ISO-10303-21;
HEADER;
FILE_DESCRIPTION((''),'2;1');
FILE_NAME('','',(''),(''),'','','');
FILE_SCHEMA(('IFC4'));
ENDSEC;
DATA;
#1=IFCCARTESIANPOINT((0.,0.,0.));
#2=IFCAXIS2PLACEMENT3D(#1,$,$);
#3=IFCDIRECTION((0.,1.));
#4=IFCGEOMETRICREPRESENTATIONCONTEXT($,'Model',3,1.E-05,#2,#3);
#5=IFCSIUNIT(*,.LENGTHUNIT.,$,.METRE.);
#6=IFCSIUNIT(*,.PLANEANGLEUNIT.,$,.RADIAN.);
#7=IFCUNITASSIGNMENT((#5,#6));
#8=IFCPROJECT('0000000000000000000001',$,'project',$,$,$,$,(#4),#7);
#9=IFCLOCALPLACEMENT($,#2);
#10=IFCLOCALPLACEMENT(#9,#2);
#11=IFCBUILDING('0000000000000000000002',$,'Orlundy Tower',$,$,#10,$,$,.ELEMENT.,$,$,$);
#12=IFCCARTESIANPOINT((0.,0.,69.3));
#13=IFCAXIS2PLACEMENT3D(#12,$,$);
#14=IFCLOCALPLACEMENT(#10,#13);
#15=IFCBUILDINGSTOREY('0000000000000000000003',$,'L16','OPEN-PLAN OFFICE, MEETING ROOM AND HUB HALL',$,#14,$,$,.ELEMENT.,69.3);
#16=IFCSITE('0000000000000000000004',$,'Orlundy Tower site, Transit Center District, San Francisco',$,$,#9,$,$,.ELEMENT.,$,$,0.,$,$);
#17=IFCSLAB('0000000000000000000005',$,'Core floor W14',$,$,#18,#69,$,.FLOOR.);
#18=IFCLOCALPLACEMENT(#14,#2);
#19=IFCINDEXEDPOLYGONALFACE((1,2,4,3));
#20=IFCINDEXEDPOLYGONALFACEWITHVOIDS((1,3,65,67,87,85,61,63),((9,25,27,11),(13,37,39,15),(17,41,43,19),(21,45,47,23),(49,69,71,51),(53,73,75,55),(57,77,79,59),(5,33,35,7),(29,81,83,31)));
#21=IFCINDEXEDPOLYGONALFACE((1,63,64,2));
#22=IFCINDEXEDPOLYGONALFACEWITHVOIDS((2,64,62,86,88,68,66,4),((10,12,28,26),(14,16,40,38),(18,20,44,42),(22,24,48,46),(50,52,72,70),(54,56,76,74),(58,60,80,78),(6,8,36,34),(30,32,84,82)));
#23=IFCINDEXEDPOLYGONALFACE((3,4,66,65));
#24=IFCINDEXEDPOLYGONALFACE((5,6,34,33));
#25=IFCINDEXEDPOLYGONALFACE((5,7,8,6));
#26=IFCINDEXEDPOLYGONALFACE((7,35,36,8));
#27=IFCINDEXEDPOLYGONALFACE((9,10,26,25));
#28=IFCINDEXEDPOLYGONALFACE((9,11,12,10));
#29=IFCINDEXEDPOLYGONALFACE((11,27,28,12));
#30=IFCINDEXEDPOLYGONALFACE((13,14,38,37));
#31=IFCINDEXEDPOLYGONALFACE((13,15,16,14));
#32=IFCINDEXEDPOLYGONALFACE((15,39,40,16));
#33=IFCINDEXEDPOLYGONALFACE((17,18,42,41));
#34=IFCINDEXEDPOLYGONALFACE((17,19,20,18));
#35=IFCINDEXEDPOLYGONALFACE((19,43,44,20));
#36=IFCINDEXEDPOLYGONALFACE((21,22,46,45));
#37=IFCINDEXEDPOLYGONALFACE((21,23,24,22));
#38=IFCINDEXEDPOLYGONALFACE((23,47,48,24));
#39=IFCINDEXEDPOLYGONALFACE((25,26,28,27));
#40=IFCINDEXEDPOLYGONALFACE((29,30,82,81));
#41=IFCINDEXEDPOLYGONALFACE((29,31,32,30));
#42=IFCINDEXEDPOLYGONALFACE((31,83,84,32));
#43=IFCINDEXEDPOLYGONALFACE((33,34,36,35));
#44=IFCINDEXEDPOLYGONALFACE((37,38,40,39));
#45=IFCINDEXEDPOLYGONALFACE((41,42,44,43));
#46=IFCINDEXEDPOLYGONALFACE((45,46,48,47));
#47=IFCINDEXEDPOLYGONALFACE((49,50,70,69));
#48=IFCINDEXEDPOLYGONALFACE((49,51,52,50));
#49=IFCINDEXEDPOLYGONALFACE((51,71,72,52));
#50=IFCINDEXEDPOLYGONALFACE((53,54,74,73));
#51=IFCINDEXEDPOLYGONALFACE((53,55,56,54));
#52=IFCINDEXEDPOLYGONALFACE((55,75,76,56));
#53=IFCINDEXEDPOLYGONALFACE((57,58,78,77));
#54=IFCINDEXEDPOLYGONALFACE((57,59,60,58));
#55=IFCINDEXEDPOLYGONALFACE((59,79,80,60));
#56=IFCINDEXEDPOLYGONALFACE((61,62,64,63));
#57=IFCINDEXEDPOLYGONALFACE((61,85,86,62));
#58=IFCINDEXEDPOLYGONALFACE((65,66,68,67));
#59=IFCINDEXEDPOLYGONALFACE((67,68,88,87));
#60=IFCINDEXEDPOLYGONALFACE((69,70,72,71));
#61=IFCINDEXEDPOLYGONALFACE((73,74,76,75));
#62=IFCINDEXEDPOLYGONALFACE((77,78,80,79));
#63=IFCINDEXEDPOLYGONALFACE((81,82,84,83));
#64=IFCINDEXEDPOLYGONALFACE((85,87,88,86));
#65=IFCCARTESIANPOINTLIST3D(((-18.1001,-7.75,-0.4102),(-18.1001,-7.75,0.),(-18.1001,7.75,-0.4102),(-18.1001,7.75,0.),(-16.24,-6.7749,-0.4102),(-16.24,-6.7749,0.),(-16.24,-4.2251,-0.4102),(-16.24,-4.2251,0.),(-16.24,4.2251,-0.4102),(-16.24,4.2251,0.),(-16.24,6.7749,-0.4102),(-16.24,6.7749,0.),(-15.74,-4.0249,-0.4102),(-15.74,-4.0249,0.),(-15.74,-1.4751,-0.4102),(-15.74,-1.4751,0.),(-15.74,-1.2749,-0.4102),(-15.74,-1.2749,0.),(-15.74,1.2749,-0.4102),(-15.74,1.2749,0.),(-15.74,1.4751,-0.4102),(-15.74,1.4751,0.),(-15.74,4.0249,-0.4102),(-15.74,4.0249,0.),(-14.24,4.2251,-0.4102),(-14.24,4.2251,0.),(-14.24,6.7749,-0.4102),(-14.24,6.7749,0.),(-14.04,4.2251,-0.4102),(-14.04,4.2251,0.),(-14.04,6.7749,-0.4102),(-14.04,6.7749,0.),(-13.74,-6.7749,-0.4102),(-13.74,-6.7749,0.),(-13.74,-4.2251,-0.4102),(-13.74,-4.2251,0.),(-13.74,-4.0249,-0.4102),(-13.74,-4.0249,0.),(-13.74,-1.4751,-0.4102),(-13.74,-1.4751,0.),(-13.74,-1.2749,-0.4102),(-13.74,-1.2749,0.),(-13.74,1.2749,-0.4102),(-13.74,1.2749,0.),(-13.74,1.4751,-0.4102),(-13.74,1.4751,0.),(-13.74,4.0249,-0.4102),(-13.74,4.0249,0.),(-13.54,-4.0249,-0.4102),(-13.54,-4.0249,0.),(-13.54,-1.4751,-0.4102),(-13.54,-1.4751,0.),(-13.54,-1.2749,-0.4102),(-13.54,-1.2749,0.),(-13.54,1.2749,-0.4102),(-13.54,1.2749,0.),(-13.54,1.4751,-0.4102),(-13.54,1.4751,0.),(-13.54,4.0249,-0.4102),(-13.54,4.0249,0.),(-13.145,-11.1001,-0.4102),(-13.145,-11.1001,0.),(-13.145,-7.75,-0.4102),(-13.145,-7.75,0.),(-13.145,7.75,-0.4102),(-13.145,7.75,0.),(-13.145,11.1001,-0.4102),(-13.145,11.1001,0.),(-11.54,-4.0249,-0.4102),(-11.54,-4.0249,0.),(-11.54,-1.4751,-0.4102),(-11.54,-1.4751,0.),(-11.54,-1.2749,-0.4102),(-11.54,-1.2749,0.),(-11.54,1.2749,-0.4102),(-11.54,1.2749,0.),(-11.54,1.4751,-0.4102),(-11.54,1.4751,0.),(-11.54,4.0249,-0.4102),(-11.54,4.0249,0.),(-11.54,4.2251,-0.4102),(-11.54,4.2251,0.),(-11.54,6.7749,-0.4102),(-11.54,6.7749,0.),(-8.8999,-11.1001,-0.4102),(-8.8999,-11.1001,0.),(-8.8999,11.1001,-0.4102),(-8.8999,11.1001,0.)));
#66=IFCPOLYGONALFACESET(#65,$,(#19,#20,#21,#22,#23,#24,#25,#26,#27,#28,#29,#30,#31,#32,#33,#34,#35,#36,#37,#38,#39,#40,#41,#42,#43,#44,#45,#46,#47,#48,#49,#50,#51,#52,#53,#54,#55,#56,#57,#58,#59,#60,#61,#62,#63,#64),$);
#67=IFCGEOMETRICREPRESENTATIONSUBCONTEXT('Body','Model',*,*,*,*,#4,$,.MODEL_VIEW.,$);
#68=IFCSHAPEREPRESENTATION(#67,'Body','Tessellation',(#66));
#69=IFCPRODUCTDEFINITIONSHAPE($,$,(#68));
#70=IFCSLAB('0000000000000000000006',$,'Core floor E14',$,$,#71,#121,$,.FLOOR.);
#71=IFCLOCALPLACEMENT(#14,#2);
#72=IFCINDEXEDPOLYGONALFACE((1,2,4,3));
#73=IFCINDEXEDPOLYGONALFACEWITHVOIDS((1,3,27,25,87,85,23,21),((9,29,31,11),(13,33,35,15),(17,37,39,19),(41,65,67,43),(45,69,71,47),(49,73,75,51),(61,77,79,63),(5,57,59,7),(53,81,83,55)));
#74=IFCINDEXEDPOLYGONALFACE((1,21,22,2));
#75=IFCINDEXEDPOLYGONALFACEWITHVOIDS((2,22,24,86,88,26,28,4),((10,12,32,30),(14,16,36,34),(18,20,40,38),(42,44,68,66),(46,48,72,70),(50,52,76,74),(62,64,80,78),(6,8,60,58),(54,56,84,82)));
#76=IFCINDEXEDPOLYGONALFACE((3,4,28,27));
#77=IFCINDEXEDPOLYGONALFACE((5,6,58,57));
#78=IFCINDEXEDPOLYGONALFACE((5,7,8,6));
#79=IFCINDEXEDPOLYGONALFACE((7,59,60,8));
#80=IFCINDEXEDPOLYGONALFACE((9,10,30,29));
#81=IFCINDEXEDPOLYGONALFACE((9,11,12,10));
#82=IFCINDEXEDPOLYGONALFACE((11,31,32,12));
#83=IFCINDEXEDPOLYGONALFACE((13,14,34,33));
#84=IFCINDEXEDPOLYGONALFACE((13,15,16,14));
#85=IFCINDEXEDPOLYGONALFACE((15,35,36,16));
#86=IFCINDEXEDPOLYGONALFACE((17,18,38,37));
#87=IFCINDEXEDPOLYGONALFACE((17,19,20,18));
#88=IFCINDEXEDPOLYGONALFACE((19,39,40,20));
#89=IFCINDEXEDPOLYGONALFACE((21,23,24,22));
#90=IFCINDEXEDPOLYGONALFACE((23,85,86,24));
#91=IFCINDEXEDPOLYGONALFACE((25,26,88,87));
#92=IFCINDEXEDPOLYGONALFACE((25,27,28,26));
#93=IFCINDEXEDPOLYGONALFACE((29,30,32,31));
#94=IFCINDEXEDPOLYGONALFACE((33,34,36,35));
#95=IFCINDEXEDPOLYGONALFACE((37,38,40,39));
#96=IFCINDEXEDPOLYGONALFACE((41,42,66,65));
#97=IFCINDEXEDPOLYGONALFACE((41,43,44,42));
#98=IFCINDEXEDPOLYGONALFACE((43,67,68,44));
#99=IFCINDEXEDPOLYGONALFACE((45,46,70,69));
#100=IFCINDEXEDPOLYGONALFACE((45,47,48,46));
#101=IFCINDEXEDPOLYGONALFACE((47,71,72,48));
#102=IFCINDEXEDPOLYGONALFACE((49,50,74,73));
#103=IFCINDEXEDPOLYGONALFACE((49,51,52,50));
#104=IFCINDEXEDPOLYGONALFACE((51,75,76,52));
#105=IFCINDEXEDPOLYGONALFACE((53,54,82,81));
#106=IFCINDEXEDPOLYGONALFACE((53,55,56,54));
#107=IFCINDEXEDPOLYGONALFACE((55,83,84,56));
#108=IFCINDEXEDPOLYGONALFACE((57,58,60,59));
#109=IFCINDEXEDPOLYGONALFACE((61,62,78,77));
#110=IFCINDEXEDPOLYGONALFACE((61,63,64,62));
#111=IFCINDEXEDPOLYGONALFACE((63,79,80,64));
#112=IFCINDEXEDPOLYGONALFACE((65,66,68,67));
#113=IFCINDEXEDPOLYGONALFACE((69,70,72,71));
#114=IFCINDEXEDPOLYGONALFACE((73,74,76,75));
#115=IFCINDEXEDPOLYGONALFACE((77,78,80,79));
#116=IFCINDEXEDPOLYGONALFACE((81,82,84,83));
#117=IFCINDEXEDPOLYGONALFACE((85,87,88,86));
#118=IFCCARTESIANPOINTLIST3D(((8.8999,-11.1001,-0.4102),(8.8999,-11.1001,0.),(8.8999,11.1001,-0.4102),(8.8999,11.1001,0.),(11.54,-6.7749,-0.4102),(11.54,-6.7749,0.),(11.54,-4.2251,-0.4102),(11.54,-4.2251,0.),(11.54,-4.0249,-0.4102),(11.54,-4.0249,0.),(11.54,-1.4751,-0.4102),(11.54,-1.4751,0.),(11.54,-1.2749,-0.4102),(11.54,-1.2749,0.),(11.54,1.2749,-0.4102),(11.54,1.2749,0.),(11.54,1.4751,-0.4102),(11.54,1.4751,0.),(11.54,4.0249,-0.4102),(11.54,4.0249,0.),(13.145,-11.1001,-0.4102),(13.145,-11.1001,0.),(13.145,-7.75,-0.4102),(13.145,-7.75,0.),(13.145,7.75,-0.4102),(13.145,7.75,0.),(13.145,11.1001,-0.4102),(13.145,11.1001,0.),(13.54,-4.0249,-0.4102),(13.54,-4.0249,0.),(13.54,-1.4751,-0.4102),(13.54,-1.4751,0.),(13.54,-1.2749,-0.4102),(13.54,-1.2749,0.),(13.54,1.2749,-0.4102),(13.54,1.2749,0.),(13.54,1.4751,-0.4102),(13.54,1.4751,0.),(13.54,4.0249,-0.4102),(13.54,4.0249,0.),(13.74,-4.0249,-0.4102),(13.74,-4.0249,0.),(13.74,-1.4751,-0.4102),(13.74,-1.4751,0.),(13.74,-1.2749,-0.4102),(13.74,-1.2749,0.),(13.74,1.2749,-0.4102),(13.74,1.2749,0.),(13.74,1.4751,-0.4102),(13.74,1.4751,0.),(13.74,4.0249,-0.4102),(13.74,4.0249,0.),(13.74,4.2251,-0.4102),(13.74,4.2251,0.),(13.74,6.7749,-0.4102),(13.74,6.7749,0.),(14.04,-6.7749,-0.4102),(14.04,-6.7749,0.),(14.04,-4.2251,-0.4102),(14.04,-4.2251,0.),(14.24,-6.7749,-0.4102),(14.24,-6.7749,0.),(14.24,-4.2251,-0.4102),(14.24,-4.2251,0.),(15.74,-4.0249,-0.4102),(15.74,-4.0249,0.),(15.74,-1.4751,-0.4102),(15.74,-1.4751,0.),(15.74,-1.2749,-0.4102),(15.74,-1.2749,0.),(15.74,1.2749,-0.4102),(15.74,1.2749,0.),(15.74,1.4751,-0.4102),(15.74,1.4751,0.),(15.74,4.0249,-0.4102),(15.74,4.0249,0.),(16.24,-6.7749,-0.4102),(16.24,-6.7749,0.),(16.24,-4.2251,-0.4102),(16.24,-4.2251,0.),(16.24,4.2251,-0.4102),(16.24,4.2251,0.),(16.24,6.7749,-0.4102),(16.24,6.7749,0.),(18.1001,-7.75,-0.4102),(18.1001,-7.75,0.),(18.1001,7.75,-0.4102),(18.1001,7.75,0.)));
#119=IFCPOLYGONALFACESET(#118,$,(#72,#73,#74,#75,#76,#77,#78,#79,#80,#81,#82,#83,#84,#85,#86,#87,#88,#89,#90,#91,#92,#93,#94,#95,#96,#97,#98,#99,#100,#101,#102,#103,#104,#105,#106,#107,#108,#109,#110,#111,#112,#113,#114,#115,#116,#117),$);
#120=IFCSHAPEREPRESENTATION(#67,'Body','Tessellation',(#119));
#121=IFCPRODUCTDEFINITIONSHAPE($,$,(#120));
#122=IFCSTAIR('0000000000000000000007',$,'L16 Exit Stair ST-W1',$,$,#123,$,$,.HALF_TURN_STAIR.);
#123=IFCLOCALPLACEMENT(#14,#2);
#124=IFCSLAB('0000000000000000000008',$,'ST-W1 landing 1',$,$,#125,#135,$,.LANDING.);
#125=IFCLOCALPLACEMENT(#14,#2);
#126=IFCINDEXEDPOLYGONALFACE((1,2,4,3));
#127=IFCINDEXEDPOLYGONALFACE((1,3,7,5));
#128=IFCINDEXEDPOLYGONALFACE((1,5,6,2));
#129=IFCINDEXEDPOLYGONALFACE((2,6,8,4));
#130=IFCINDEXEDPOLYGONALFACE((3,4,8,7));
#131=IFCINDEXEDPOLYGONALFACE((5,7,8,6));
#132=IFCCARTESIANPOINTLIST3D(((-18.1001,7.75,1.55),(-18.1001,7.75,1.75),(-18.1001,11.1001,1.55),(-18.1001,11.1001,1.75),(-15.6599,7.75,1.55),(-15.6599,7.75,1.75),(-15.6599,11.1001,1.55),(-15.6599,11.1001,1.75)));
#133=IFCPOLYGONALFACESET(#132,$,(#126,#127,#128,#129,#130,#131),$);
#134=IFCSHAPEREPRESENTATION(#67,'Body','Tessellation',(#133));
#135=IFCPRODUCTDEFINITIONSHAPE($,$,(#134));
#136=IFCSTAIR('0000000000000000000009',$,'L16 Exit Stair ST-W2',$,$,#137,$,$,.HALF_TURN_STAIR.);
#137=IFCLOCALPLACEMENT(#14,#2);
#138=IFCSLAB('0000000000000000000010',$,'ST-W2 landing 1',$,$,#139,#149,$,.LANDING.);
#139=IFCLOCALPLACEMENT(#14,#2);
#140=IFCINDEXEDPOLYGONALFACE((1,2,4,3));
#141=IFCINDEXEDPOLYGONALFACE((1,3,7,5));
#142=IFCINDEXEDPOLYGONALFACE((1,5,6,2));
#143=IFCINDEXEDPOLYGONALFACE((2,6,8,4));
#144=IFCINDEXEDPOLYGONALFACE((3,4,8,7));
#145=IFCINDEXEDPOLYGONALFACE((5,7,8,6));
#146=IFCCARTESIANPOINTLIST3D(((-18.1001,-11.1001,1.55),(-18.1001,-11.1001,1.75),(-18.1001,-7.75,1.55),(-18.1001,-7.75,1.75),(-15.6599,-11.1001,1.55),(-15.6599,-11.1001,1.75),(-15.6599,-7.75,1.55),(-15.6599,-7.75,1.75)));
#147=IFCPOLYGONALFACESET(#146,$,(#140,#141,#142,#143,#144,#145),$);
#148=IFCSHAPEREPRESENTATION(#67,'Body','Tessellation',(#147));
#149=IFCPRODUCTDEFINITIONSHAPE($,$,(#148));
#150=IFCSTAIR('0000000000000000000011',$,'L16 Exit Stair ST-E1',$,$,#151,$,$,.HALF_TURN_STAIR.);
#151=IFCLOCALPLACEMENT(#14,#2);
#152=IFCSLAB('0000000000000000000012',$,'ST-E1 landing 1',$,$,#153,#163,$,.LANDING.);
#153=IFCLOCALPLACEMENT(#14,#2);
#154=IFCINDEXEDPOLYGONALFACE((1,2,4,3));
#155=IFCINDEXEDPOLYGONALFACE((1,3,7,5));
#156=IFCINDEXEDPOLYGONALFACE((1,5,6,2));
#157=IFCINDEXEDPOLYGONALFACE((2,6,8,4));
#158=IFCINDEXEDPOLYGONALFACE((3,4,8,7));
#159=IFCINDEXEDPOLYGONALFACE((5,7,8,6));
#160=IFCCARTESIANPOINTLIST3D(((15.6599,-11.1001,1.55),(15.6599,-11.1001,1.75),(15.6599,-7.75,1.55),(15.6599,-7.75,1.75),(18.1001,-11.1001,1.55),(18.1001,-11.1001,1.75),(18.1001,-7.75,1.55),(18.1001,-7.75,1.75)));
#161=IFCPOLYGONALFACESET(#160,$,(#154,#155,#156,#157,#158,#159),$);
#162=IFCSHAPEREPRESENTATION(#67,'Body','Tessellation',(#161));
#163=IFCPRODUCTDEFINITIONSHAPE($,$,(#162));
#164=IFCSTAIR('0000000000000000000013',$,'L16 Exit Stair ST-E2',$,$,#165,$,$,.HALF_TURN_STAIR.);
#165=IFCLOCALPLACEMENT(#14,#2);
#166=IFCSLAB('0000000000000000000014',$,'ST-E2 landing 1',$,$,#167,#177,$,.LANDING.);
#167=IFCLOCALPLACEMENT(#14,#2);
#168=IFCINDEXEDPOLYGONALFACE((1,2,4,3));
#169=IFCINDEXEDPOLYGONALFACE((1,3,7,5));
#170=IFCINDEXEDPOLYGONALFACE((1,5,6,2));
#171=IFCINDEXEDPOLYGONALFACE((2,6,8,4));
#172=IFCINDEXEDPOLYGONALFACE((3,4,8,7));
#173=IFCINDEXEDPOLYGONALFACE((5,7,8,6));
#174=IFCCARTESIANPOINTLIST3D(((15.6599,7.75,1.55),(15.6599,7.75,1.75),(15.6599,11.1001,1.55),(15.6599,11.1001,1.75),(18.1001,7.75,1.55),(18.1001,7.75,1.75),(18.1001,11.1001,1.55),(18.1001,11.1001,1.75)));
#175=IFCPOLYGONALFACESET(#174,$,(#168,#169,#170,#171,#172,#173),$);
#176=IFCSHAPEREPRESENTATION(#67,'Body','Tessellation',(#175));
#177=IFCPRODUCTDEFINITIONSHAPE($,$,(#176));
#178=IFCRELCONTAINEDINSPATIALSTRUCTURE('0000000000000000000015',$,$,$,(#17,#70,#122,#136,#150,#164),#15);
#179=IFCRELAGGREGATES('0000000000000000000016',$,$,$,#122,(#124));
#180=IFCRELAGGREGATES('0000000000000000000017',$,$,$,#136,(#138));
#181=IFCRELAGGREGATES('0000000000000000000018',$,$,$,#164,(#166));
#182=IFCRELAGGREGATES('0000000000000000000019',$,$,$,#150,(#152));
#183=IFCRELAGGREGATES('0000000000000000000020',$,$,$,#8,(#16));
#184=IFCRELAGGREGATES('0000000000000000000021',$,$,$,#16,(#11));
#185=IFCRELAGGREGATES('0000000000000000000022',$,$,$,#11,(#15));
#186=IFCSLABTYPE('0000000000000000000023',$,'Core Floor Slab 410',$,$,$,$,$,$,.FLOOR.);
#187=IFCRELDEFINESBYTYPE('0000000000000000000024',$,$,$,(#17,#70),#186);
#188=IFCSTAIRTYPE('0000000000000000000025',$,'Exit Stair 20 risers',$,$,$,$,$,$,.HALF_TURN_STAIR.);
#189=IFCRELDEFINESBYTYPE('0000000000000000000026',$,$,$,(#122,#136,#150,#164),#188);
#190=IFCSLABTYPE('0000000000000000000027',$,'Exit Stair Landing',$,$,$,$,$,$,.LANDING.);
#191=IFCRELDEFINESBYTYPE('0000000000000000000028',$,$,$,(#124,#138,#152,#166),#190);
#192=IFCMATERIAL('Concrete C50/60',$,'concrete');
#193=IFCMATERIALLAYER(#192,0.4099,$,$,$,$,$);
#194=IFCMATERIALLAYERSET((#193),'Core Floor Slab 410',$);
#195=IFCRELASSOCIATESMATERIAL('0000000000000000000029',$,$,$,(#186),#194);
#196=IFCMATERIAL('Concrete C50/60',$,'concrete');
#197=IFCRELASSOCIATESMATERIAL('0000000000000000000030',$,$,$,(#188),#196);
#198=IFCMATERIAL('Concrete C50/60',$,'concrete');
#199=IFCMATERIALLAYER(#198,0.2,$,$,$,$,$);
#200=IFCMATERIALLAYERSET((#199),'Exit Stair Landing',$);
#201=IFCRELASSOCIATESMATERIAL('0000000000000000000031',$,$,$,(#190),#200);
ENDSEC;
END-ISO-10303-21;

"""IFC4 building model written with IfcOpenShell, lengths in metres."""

from ifc_helpers import new_model, si_unit, direction, frame, origin, place, context, subcontext, project, spatial, polyline, outline, extrude, material, layer, layer_set, type_object, element, aggregate, save


model = new_model("IFC4")

# Units and contexts
model_context = context("Model", 3, precision=1e-05, world=origin(), true_north=direction((0.0, 1.0)))
body_context = subcontext(model_context, "Body", "Model", "MODEL_VIEW")
ifc_project = project(units=[si_unit("LENGTHUNIT", "METRE"), si_unit("PLANEANGLEUNIT", "RADIAN")], contexts=[model_context])

# Site, building, storey
site_placement = place(None, origin())
site = spatial("IfcSite", under=ifc_project, at=site_placement, Name="Orlundy Tower site, Transit Center District, San Francisco", CompositionType="ELEMENT", RefElevation=0.0)
building_placement = place(site_placement, origin())
building = spatial("IfcBuilding", under=site, at=building_placement, Name="Orlundy Tower", CompositionType="ELEMENT")
storey_placement = place(building_placement, frame((0.0, 0.0, 69.3)))
storey = spatial("IfcBuildingStorey", under=building, at=storey_placement, Name="L16", Description="OPEN-PLAN OFFICE, MEETING ROOM AND HUB HALL", CompositionType="ELEMENT", Elevation=69.3)

# Slabs
ifc_material_1 = material(Name="Concrete C50/60", Category="concrete")
ifc_layer_1 = layer(ifc_material_1, 0.4099)
ifc_layer_set_1 = layer_set([ifc_layer_1], Name="Core Floor Slab 410")
slab_type_1 = type_object("IfcSlabType", Name="Core Floor Slab 410", PredefinedType="FLOOR", material=ifc_layer_set_1)
slab_1_placement = place(storey_placement, frame((0.0, 0.0, -0.4102)))
element("IfcSlab", 1, at=slab_1_placement, inside=storey, type_object=slab_type_1, Name="Core floor W14", PredefinedType="FLOOR", context=body_context, shape_type="SweptSolid", body=[
    extrude(outline(polyline([(-13.145, 7.75), (-13.145, 11.1001), (-8.8999, 11.1001), (-8.8999, -11.1001), (-13.145, -11.1001), (-13.145, -7.75), (-18.1001, -7.75), (-18.1001, 7.75), (-13.145, 7.75)]), holes=[polyline([(-16.24, -6.7749), (-13.74, -6.7749), (-13.74, -4.2251), (-16.24, -4.2251), (-16.24, -6.7749)]), polyline([(-13.54, -1.4751), (-13.54, -4.0249), (-11.54, -4.0249), (-11.54, -1.4751), (-13.54, -1.4751)]), polyline([(-13.74, -1.4751), (-15.74, -1.4751), (-15.74, -4.0249), (-13.74, -4.0249), (-13.74, -1.4751)]), polyline([(-11.54, -1.2749), (-11.54, 1.2749), (-13.54, 1.2749), (-13.54, -1.2749), (-11.54, -1.2749)]), polyline([(-15.74, -1.2749), (-13.74, -1.2749), (-13.74, 1.2749), (-15.74, 1.2749), (-15.74, -1.2749)]), polyline([(-13.54, 4.0249), (-13.54, 1.4751), (-11.54, 1.4751), (-11.54, 4.0249), (-13.54, 4.0249)]), polyline([(-13.74, 4.0249), (-15.74, 4.0249), (-15.74, 1.4751), (-13.74, 1.4751), (-13.74, 4.0249)]), polyline([(-11.54, 4.2251), (-11.54, 6.7749), (-14.04, 6.7749), (-14.04, 4.2251), (-11.54, 4.2251)]), polyline([(-16.24, 4.2251), (-14.24, 4.2251), (-14.24, 6.7749), (-16.24, 6.7749), (-16.24, 4.2251)])]), origin(), (0.0, 0.0, 1.0), 0.4102),
])
slab_2_placement = place(storey_placement, frame((0.0, 0.0, -0.4102)))
element("IfcSlab", 2, at=slab_2_placement, inside=storey, type_object=slab_type_1, Name="Core floor E14", PredefinedType="FLOOR", context=body_context, shape_type="SweptSolid", body=[
    extrude(outline(polyline([(13.145, -7.75), (13.145, -11.1001), (8.8999, -11.1001), (8.8999, 11.1001), (13.145, 11.1001), (13.145, 7.75), (18.1001, 7.75), (18.1001, -7.75), (13.145, -7.75)]), holes=[polyline([(16.24, 6.7749), (13.74, 6.7749), (13.74, 4.2251), (16.24, 4.2251), (16.24, 6.7749)]), polyline([(13.54, 1.4751), (13.54, 4.0249), (11.54, 4.0249), (11.54, 1.4751), (13.54, 1.4751)]), polyline([(13.74, 1.4751), (15.74, 1.4751), (15.74, 4.0249), (13.74, 4.0249), (13.74, 1.4751)]), polyline([(11.54, 1.2749), (11.54, -1.2749), (13.54, -1.2749), (13.54, 1.2749), (11.54, 1.2749)]), polyline([(15.74, 1.2749), (13.74, 1.2749), (13.74, -1.2749), (15.74, -1.2749), (15.74, 1.2749)]), polyline([(13.54, -4.0249), (13.54, -1.4751), (11.54, -1.4751), (11.54, -4.0249), (13.54, -4.0249)]), polyline([(13.74, -4.0249), (15.74, -4.0249), (15.74, -1.4751), (13.74, -1.4751), (13.74, -4.0249)]), polyline([(11.54, -4.2251), (11.54, -6.7749), (14.04, -6.7749), (14.04, -4.2251), (11.54, -4.2251)]), polyline([(16.24, -4.2251), (14.24, -4.2251), (14.24, -6.7749), (16.24, -6.7749), (16.24, -4.2251)])]), origin(), (0.0, 0.0, 1.0), 0.4102),
])

# Stairs, slabs
ifc_material_2 = material(Name="Concrete C50/60", Category="concrete")
stair_type = type_object("IfcStairType", Name="Exit Stair 20 risers", PredefinedType="HALF_TURN_STAIR", material=ifc_material_2)
stair_1_placement = place(storey_placement, origin())
stair_1 = element("IfcStair", 3, at=stair_1_placement, inside=storey, type_object=stair_type, Name="L16 Exit Stair ST-W1", PredefinedType="HALF_TURN_STAIR")
ifc_material_3 = material(Name="Concrete C50/60", Category="concrete")
ifc_layer_2 = layer(ifc_material_3, 0.2)
ifc_layer_set_2 = layer_set([ifc_layer_2], Name="Exit Stair Landing")
slab_type_2 = type_object("IfcSlabType", Name="Exit Stair Landing", PredefinedType="LANDING", material=ifc_layer_set_2)
slab_3_placement = place(storey_placement, frame((0.0, 0.0, 1.55)))
slab_3 = element("IfcSlab", 4, at=slab_3_placement, type_object=slab_type_2, Name="ST-W1 landing 1", PredefinedType="LANDING", context=body_context, shape_type="SweptSolid", body=[
    extrude(outline(polyline([(-15.6599, 11.1001), (-18.1001, 11.1001), (-18.1001, 7.75), (-15.6599, 7.75), (-15.6599, 11.1001)])), origin(), (0.0, 0.0, 1.0), 0.2),
])
aggregate(stair_1, [slab_3])
stair_2_placement = place(storey_placement, origin())
stair_2 = element("IfcStair", 5, at=stair_2_placement, inside=storey, type_object=stair_type, Name="L16 Exit Stair ST-W2", PredefinedType="HALF_TURN_STAIR")
slab_4_placement = place(storey_placement, frame((0.0, 0.0, 1.55)))
slab_4 = element("IfcSlab", 6, at=slab_4_placement, type_object=slab_type_2, Name="ST-W2 landing 1", PredefinedType="LANDING", context=body_context, shape_type="SweptSolid", body=[
    extrude(outline(polyline([(-15.6599, -7.75), (-18.1001, -7.75), (-18.1001, -11.1001), (-15.6599, -11.1001), (-15.6599, -7.75)])), origin(), (0.0, 0.0, 1.0), 0.2),
])
aggregate(stair_2, [slab_4])
stair_3_placement = place(storey_placement, origin())
stair_3 = element("IfcStair", 7, at=stair_3_placement, inside=storey, type_object=stair_type, Name="L16 Exit Stair ST-E1", PredefinedType="HALF_TURN_STAIR")
slab_5_placement = place(storey_placement, frame((0.0, 0.0, 1.55)))
slab_5 = element("IfcSlab", 8, at=slab_5_placement, type_object=slab_type_2, Name="ST-E1 landing 1", PredefinedType="LANDING", context=body_context, shape_type="SweptSolid", body=[
    extrude(outline(polyline([(15.6599, -11.1001), (18.1001, -11.1001), (18.1001, -7.75), (15.6599, -7.75), (15.6599, -11.1001)])), origin(), (0.0, 0.0, 1.0), 0.2),
])
stair_4_placement = place(storey_placement, origin())
stair_4 = element("IfcStair", 9, at=stair_4_placement, inside=storey, type_object=stair_type, Name="L16 Exit Stair ST-E2", PredefinedType="HALF_TURN_STAIR")
slab_6_placement = place(storey_placement, frame((0.0, 0.0, 1.55)))
slab_6 = element("IfcSlab", 10, at=slab_6_placement, type_object=slab_type_2, Name="ST-E2 landing 1", PredefinedType="LANDING", context=body_context, shape_type="SweptSolid", body=[
    extrude(outline(polyline([(15.6599, 7.75), (18.1001, 7.75), (18.1001, 11.1001), (15.6599, 11.1001), (15.6599, 7.75)])), origin(), (0.0, 0.0, 1.0), 0.2),
])
aggregate(stair_4, [slab_6])

aggregate(stair_3, [slab_5])

save(model, "model.ifc")
